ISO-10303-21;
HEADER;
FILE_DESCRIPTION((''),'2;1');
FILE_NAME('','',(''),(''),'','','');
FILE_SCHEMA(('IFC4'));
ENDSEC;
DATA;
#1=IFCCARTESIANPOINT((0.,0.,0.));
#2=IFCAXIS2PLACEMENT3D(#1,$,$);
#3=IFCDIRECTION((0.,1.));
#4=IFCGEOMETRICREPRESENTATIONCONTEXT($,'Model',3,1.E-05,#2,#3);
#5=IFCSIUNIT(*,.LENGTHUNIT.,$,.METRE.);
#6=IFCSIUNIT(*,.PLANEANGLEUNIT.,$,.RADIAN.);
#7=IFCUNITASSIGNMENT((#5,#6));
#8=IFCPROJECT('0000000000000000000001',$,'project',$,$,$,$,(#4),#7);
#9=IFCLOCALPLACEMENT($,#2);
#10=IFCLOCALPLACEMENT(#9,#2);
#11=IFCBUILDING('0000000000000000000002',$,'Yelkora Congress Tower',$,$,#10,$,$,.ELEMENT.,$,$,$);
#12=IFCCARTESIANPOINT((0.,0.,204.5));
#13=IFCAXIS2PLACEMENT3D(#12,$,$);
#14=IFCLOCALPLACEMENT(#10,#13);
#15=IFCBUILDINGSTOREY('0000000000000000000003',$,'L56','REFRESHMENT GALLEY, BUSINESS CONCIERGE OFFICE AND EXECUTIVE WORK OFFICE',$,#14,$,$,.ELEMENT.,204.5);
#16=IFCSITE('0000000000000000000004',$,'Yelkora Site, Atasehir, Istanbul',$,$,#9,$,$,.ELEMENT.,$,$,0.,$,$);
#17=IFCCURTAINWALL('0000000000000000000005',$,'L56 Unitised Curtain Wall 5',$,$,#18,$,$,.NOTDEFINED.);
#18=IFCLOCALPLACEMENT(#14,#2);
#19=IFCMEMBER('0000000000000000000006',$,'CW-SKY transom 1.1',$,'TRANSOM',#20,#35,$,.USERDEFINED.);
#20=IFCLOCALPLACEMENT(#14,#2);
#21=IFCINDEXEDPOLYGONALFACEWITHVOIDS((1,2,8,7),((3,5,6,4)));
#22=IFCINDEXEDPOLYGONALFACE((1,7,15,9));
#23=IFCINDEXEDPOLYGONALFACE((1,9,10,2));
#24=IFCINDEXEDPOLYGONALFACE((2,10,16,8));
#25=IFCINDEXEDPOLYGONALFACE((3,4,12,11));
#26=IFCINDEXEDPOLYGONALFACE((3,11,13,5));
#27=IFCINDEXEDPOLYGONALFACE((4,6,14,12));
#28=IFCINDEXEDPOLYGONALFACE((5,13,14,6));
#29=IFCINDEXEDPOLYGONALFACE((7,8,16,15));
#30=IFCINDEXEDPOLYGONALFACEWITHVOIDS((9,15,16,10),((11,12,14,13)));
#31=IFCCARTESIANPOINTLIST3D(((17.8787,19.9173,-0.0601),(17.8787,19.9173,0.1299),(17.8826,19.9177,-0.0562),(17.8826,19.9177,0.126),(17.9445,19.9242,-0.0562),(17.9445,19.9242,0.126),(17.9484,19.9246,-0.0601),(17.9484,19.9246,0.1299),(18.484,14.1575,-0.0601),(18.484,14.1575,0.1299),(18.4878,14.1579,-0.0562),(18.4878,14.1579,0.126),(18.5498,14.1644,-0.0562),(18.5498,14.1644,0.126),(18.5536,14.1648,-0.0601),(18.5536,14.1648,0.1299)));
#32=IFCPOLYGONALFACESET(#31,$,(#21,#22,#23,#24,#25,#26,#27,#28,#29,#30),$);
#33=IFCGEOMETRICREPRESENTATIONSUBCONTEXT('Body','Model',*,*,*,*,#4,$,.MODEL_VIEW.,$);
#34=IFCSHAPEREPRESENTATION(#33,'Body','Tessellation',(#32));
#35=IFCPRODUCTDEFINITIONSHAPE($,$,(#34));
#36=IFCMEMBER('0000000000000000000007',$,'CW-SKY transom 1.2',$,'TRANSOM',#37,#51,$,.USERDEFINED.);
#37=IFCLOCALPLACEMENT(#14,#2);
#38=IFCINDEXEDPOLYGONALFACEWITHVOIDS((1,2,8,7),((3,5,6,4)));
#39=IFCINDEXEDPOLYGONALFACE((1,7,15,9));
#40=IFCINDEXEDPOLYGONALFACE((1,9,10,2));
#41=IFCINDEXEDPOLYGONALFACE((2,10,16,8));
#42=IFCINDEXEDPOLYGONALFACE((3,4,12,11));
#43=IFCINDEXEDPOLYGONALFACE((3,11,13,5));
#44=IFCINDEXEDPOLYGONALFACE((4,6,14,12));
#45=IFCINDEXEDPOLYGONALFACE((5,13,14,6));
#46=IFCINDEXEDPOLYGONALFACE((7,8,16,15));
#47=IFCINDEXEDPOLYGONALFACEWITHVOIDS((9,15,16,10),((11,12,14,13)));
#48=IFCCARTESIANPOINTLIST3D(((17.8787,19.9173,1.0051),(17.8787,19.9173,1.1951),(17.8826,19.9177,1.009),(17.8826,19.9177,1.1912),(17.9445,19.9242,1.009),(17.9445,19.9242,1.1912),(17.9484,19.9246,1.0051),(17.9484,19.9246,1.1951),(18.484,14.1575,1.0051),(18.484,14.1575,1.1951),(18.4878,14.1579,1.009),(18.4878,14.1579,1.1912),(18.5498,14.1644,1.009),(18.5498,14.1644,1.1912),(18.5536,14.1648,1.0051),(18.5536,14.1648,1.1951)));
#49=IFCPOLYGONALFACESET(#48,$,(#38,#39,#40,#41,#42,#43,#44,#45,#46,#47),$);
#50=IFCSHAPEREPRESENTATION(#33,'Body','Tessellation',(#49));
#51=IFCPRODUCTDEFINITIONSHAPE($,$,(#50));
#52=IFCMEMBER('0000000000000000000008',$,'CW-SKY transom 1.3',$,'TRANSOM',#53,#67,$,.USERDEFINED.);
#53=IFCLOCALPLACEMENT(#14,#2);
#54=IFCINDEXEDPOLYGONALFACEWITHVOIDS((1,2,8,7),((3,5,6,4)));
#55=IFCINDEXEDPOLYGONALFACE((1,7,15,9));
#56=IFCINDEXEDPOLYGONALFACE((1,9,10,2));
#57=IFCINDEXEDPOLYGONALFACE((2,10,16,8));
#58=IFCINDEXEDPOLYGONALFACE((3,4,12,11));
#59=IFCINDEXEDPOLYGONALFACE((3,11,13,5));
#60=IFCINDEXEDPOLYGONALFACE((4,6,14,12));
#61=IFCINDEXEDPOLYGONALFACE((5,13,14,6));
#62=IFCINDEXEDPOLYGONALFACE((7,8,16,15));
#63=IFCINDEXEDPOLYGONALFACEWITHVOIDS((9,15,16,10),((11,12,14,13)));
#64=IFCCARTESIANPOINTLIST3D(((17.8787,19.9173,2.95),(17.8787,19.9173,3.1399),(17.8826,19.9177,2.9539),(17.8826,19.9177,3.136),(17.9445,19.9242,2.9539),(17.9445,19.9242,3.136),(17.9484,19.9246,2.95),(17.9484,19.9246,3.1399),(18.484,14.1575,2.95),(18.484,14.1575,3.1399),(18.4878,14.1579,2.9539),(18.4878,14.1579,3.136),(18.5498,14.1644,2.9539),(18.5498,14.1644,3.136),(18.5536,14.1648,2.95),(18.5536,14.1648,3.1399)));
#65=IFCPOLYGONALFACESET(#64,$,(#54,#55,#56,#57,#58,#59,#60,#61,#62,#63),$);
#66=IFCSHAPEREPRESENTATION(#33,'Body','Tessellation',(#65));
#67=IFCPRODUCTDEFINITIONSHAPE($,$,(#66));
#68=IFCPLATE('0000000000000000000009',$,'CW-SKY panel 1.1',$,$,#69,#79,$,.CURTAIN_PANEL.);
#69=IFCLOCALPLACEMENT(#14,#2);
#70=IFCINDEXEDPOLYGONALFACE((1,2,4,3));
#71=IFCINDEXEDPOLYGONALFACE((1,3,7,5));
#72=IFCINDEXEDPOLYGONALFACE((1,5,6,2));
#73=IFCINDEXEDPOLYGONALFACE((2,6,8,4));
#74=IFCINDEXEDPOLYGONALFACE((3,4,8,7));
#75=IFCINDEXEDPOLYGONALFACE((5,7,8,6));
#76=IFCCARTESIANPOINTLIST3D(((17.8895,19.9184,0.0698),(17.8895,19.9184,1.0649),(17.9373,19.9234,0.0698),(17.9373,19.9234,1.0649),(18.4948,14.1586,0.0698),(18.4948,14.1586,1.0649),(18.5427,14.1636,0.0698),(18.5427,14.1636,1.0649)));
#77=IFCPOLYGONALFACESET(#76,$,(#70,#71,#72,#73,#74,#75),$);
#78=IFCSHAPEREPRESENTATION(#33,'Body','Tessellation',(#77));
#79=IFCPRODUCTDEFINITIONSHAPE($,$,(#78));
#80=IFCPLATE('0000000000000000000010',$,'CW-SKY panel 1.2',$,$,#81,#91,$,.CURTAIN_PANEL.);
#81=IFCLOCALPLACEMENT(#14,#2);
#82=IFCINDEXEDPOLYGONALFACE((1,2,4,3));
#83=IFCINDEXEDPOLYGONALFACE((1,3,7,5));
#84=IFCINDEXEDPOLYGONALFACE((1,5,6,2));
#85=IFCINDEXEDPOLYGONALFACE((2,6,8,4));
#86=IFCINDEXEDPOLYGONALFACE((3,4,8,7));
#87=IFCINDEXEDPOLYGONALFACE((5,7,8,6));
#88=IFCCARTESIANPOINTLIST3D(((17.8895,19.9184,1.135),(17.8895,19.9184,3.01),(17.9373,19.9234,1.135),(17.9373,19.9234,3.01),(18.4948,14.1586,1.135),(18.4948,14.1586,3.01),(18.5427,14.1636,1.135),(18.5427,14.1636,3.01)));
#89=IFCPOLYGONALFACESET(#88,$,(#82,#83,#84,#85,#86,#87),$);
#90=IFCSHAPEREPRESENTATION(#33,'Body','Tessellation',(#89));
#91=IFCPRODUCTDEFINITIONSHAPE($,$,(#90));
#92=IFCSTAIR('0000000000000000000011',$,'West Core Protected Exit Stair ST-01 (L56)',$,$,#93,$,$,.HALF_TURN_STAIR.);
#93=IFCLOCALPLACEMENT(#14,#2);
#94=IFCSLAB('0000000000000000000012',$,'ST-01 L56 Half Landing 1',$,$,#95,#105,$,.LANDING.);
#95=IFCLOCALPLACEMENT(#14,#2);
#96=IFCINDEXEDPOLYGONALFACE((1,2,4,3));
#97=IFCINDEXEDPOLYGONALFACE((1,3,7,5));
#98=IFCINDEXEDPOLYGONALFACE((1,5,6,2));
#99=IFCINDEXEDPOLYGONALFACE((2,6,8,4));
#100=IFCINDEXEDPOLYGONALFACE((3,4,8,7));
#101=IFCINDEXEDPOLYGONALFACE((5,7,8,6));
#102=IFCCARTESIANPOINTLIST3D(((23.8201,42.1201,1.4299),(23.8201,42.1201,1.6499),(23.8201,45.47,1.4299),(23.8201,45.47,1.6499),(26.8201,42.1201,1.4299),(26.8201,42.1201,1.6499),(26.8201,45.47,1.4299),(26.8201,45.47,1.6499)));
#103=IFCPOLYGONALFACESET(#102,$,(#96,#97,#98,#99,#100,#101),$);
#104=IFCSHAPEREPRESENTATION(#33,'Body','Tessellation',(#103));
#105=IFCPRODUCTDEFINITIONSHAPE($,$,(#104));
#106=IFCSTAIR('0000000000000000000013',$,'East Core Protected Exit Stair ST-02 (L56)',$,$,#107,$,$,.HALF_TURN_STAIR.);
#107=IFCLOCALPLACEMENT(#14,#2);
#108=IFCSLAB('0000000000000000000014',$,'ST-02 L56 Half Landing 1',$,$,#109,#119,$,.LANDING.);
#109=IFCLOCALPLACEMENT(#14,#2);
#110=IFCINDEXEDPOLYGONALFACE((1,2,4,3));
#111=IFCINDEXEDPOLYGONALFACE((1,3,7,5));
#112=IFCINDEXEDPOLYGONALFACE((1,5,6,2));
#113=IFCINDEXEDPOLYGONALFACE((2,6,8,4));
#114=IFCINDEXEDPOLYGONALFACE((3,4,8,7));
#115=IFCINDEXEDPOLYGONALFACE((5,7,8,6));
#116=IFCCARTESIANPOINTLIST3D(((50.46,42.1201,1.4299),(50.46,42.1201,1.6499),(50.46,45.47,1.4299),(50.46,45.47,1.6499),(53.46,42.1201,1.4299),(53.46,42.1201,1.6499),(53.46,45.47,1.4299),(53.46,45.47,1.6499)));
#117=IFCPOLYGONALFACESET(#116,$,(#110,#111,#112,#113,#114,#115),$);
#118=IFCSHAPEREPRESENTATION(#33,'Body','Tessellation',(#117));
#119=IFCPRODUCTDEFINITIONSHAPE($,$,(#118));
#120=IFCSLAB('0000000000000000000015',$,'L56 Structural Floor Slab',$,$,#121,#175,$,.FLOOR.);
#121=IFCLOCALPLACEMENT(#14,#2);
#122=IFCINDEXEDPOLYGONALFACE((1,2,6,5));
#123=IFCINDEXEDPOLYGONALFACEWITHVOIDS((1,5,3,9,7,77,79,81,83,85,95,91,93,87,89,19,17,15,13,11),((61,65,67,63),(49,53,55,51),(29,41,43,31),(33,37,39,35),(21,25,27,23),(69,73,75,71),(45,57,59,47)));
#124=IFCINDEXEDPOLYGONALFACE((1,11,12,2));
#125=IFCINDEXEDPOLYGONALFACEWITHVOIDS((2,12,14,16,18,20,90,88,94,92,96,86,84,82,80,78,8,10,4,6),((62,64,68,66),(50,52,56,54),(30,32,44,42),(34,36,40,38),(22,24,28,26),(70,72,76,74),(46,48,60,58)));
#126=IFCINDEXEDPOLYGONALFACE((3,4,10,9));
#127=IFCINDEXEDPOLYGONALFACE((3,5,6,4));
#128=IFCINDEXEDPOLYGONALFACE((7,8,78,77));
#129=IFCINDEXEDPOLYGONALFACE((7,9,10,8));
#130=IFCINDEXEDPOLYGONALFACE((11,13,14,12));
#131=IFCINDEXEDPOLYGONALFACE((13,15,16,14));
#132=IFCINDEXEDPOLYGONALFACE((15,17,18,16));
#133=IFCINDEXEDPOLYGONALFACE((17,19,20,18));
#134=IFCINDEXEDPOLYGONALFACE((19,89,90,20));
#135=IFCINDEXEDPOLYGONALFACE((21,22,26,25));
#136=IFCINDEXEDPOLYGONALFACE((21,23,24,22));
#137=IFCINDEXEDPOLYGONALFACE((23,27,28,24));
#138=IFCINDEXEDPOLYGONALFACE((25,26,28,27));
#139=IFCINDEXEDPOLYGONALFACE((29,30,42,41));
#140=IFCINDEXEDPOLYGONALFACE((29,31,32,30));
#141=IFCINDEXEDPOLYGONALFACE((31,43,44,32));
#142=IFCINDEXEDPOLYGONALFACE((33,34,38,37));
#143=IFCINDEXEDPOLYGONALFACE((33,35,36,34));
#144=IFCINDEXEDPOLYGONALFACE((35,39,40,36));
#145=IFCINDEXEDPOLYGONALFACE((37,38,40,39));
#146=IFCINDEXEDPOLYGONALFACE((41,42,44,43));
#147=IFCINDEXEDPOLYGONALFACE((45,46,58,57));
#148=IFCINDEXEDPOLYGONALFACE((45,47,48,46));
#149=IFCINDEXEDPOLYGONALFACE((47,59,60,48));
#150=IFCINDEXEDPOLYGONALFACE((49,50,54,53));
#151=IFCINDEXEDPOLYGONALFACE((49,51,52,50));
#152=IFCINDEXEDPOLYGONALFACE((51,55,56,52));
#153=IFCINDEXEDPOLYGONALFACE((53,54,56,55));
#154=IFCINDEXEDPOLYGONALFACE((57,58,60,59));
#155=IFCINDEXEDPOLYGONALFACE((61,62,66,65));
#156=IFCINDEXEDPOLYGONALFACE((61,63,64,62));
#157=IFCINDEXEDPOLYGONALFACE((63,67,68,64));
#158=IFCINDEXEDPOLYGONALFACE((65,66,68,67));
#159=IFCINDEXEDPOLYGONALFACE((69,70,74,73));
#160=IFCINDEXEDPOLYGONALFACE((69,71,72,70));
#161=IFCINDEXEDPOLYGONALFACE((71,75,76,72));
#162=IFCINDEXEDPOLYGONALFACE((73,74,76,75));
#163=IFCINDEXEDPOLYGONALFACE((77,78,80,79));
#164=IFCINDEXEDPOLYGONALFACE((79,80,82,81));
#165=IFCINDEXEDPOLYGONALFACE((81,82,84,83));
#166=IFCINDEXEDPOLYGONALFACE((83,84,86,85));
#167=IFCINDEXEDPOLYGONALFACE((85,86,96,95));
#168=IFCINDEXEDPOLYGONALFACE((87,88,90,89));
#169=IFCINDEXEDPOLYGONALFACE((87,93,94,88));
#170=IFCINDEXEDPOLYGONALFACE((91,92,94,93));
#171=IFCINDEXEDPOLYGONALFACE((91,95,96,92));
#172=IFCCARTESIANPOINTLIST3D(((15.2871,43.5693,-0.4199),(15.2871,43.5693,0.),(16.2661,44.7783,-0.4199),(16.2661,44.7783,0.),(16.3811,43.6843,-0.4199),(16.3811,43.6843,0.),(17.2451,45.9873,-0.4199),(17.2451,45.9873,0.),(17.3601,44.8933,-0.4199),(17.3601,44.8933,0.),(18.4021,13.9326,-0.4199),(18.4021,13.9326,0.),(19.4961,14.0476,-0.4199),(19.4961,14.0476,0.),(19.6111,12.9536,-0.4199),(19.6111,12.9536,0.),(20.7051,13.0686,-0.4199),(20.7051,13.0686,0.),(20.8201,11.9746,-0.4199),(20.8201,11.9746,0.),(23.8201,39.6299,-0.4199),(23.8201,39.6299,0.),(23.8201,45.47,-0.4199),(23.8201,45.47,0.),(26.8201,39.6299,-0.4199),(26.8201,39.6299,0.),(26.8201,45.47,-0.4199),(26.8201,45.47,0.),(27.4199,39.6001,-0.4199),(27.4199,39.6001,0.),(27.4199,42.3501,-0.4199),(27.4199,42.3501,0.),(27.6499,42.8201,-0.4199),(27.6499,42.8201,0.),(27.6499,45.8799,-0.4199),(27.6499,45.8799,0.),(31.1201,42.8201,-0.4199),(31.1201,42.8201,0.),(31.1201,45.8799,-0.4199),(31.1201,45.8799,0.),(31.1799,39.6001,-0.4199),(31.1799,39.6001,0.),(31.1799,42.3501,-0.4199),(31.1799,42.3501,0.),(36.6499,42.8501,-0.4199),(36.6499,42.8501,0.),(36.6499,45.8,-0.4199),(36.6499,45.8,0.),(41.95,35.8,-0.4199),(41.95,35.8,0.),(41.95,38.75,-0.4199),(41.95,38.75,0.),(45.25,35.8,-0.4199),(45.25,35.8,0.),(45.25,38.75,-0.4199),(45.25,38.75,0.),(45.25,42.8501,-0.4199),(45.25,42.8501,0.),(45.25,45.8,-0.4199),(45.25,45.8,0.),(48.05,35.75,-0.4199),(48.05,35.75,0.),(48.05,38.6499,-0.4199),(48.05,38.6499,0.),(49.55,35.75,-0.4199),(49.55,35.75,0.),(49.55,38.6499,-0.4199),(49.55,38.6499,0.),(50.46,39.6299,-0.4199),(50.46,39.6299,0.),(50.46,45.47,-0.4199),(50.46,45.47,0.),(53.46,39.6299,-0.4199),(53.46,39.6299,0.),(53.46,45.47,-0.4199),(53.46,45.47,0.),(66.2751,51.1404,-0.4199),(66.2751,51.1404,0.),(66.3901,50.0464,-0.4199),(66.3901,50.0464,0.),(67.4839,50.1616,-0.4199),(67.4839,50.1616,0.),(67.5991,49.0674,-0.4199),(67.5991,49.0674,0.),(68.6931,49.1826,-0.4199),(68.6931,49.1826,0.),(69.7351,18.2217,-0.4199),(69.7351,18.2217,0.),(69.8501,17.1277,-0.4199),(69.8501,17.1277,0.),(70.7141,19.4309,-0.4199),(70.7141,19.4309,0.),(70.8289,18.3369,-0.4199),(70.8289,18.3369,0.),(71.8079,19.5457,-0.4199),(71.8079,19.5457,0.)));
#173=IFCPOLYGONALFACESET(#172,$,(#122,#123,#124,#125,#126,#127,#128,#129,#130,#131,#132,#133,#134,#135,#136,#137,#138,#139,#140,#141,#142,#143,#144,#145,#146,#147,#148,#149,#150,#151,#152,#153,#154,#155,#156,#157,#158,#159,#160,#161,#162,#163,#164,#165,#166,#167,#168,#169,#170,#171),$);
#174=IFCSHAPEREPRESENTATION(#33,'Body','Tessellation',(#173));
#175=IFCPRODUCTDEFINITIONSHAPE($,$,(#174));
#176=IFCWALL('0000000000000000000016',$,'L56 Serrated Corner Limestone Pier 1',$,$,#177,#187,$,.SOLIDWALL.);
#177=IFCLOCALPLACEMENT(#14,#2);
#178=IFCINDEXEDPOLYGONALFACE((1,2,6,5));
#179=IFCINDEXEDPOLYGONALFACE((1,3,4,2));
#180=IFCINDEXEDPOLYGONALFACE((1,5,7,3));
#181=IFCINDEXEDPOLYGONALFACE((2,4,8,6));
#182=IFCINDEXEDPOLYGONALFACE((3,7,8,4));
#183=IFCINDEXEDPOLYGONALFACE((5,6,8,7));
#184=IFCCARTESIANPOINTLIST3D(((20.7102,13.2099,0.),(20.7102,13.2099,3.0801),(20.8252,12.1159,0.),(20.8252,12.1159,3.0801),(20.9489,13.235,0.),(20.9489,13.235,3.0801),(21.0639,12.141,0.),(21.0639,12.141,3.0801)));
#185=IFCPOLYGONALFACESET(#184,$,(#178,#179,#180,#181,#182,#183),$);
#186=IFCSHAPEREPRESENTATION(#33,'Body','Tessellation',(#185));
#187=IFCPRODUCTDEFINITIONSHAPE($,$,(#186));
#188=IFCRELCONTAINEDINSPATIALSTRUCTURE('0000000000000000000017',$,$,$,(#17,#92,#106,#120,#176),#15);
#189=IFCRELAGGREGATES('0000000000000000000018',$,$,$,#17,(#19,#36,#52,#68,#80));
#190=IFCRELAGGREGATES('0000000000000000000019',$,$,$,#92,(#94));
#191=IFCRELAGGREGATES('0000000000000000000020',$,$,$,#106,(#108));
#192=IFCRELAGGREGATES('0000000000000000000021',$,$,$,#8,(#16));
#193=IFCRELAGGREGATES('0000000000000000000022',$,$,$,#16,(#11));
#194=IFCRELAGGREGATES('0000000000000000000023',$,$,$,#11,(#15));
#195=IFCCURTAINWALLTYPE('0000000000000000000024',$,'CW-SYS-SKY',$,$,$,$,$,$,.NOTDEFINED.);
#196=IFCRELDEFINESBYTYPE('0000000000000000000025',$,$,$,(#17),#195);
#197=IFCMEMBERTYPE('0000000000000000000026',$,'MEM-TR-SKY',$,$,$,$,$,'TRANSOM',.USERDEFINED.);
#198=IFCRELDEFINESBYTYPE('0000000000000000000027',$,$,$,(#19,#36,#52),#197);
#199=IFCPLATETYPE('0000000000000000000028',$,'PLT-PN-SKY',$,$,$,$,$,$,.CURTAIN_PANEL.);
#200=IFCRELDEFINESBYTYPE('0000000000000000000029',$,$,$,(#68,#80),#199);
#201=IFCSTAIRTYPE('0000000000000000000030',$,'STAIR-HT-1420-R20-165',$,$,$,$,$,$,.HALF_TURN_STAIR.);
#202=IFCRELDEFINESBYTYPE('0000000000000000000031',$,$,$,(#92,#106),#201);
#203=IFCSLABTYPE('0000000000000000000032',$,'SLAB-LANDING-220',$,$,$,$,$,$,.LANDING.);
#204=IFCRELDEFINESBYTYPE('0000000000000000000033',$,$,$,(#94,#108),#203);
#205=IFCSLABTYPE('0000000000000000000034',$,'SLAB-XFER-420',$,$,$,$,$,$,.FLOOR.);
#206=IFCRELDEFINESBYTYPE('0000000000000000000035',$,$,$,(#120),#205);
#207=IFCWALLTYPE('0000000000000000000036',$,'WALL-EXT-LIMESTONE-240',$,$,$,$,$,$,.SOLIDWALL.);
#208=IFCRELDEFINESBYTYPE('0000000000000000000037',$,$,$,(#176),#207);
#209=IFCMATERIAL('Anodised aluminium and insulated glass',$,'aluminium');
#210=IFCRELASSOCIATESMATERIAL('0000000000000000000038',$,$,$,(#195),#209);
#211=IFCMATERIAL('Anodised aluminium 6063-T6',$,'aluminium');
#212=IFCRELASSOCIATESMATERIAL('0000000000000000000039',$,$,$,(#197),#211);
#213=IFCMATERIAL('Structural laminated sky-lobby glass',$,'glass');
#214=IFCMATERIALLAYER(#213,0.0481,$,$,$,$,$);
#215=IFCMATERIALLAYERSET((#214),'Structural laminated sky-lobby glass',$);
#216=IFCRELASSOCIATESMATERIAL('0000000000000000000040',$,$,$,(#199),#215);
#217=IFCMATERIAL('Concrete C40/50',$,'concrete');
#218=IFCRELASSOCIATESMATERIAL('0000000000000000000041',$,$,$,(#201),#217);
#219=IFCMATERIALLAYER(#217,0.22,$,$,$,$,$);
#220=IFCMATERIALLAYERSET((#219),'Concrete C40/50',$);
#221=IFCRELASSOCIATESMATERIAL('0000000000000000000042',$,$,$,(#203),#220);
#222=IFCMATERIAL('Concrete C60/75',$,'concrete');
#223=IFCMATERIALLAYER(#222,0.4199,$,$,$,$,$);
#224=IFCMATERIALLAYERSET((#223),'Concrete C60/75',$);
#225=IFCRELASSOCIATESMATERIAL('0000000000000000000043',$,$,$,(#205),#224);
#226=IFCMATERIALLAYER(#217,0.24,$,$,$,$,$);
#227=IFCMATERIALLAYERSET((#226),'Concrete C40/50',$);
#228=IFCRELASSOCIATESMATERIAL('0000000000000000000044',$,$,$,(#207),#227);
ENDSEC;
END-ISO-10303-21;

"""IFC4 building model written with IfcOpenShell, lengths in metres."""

from ifc_helpers import new_model, si_unit, direction, frame, frame_2d, origin, origin_2d, place, context, subcontext, project, spatial, polyline, rectangle, hollow_rectangle, outline, extrude, material, layer, layer_set, material_profile, profile_set, type_object, element, aggregate, save


model = new_model("IFC4")

# Units and contexts
model_context = context("Model", 3, precision=1e-05, world=origin(), true_north=direction((0.0, 1.0)))
body_context = subcontext(model_context, "Body", "Model", "MODEL_VIEW")
ifc_project = project(units=[si_unit("LENGTHUNIT", "METRE"), si_unit("PLANEANGLEUNIT", "RADIAN")], contexts=[model_context])

# Site, building, storey
site_placement = place(None, origin())
site = spatial("IfcSite", under=ifc_project, at=site_placement, Name="Yelkora Site, Atasehir, Istanbul", CompositionType="ELEMENT", RefElevation=0.0)
building_placement = place(site_placement, origin())
building = spatial("IfcBuilding", under=site, at=building_placement, Name="Yelkora Congress Tower", CompositionType="ELEMENT")
storey_placement = place(building_placement, frame((0.0, 0.0, 204.5)))
storey = spatial("IfcBuildingStorey", under=building, at=storey_placement, Name="L56", Description="REFRESHMENT GALLEY, BUSINESS CONCIERGE OFFICE AND EXECUTIVE WORK OFFICE", CompositionType="ELEMENT", Elevation=204.5)

# Curtain wall
ifc_material_1 = material(Name="Anodised aluminium and insulated glass", Category="aluminium")
curtain_wall_type = type_object("IfcCurtainWallType", Name="CW-SYS-SKY", PredefinedType="NOTDEFINED", material=ifc_material_1)
curtain_wall_1_placement = place(storey_placement, origin())
curtain_wall_1 = element("IfcCurtainWall", 1, at=curtain_wall_1_placement, inside=storey, type_object=curtain_wall_type, Name="L56 Unitised Curtain Wall 5", PredefinedType="NOTDEFINED")
ifc_material_2 = material(Name="Anodised aluminium 6063-T6", Category="aluminium")

# Members
ifc_material_profile_1 = material_profile(ifc_material_2, hollow_rectangle(XDim=0.0701, YDim=0.1899, WallThickness=0.0039, at=origin_2d()), Name="ALU 70x190x4")
ifc_profile_set_1 = profile_set([ifc_material_profile_1], Name="Anodised aluminium 6063-T6")
member_type_1 = type_object("IfcMemberType", Name="MEM-TR-SKY", ElementType="TRANSOM", PredefinedType="USERDEFINED", material=ifc_profile_set_1)
member_1_placement = place(storey_placement, frame((18.5188, 14.1611, 0.0349), z_axis=(-0.104503, 0.994525, 0.0), x_axis=(-0.994525, -0.104503, 0.0)))
member_1 = element("IfcMember", 2, at=member_1_placement, type_object=member_type_1, Name="CW-SKY transom 1.1", ObjectType="TRANSOM", PredefinedType="USERDEFINED", context=body_context, shape_type="SweptSolid", body=[
    extrude(hollow_rectangle(XDim=0.0701, YDim=0.1899, WallThickness=0.0039, at=origin_2d()), origin(), (0.0, 0.0, 1.0), 5.7915),
])
member_2_placement = place(storey_placement, frame((18.5188, 14.1611, 1.1001), z_axis=(-0.104503, 0.994525, 0.0), x_axis=(-0.994525, -0.104503, 0.0)))
member_2 = element("IfcMember", 3, at=member_2_placement, type_object=member_type_1, Name="CW-SKY transom 1.2", ObjectType="TRANSOM", PredefinedType="USERDEFINED", context=body_context, shape_type="SweptSolid", body=[
    extrude(hollow_rectangle(XDim=0.0701, YDim=0.1899, WallThickness=0.0039, at=origin_2d()), origin(), (0.0, 0.0, 1.0), 5.7915),
])
member_3_placement = place(storey_placement, frame((18.5188, 14.1611, 3.0449), z_axis=(-0.104503, 0.994525, 0.0), x_axis=(-0.994525, -0.104503, 0.0)))
member_3 = element("IfcMember", 4, at=member_3_placement, type_object=member_type_1, Name="CW-SKY transom 1.3", ObjectType="TRANSOM", PredefinedType="USERDEFINED", context=body_context, shape_type="SweptSolid", body=[
    extrude(hollow_rectangle(XDim=0.0701, YDim=0.1899, WallThickness=0.0039, at=origin_2d()), origin(), (0.0, 0.0, 1.0), 5.7915),
])

# Plates
ifc_material_3 = material(Name="Structural laminated sky-lobby glass", Category="glass")
ifc_layer_1 = layer(ifc_material_3, 0.0481)
ifc_layer_set_1 = layer_set([ifc_layer_1], Name="Structural laminated sky-lobby glass")
plate_type = type_object("IfcPlateType", Name="PLT-PN-SKY", PredefinedType="CURTAIN_PANEL", material=ifc_layer_set_1)
plate_1_placement = place(storey_placement, frame((18.2161, 17.041, 0.0698), z_axis=(0.0, 0.0, 1.0), x_axis=(-0.104526, 0.994522, 0.0)))
plate_1 = element("IfcPlate", 5, at=plate_1_placement, type_object=plate_type, Name="CW-SKY panel 1.1", PredefinedType="CURTAIN_PANEL", context=body_context, shape_type="SweptSolid", body=[
    extrude(rectangle(XDim=5.7915, YDim=0.0481, at=origin_2d()), origin(), (0.0, 0.0, 1.0), 0.9951),
])
plate_2_placement = place(storey_placement, frame((18.2161, 17.041, 1.135), z_axis=(0.0, 0.0, 1.0), x_axis=(-0.104526, 0.994522, 0.0)))
plate_2 = element("IfcPlate", 6, at=plate_2_placement, type_object=plate_type, Name="CW-SKY panel 1.2", PredefinedType="CURTAIN_PANEL", context=body_context, shape_type="SweptSolid", body=[
    extrude(rectangle(XDim=5.7915, YDim=0.0481, at=origin_2d()), origin(), (0.0, 0.0, 1.0), 1.875),
])
aggregate(curtain_wall_1, [member_1, member_2, member_3, plate_1, plate_2])

# Stairs, slabs
ifc_material_4 = material(Name="Concrete C40/50", Category="concrete")
stair_type = type_object("IfcStairType", Name="STAIR-HT-1420-R20-165", PredefinedType="HALF_TURN_STAIR", material=ifc_material_4)
stair_1_placement = place(storey_placement, origin())
stair_1 = element("IfcStair", 7, at=stair_1_placement, inside=storey, type_object=stair_type, Name="West Core Protected Exit Stair ST-01 (L56)", PredefinedType="HALF_TURN_STAIR")
ifc_layer_2 = layer(ifc_material_4, 0.22)
ifc_layer_set_2 = layer_set([ifc_layer_2], Name="Concrete C40/50")
slab_type_1 = type_object("IfcSlabType", Name="SLAB-LANDING-220", PredefinedType="LANDING", material=ifc_layer_set_2)
slab_1_placement = place(storey_placement, frame((0.0, 0.0, 1.4299)))
slab_1 = element("IfcSlab", 8, at=slab_1_placement, type_object=slab_type_1, Name="ST-01 L56 Half Landing 1", PredefinedType="LANDING", context=body_context, shape_type="SweptSolid", body=[
    extrude(outline(polyline([(26.8201, 42.1201), (26.8201, 45.47), (23.8201, 45.47), (23.8201, 42.1201), (26.8201, 42.1201)])), origin(), (0.0, 0.0, 1.0), 0.22),
])
aggregate(stair_1, [slab_1])
stair_2_placement = place(storey_placement, origin())
stair_2 = element("IfcStair", 9, at=stair_2_placement, inside=storey, type_object=stair_type, Name="East Core Protected Exit Stair ST-02 (L56)", PredefinedType="HALF_TURN_STAIR")
slab_2_placement = place(storey_placement, frame((0.0, 0.0, 1.4299)))
slab_2 = element("IfcSlab", 10, at=slab_2_placement, type_object=slab_type_1, Name="ST-02 L56 Half Landing 1", PredefinedType="LANDING", context=body_context, shape_type="SweptSolid", body=[
    extrude(outline(polyline([(53.46, 42.1201), (53.46, 45.47), (50.46, 45.47), (50.46, 42.1201), (53.46, 42.1201)])), origin(), (0.0, 0.0, 1.0), 0.22),
])
aggregate(stair_2, [slab_2])

# Slab
ifc_material_5 = material(Name="Concrete C60/75", Category="concrete")
ifc_layer_3 = layer(ifc_material_5, 0.4199)
ifc_layer_set_3 = layer_set([ifc_layer_3], Name="Concrete C60/75")
slab_type_2 = type_object("IfcSlabType", Name="SLAB-XFER-420", PredefinedType="FLOOR", material=ifc_layer_set_3)
slab_3_placement = place(storey_placement, frame((0.0, 0.0, -0.4199)))
element("IfcSlab", 11, at=slab_3_placement, inside=storey, type_object=slab_type_2, Name="L56 Structural Floor Slab", PredefinedType="FLOOR", context=body_context, shape_type="SweptSolid", body=[
    extrude(outline(polyline([(20.8201, 11.9746), (69.8501, 17.1277), (69.7351, 18.2217), (70.8289, 18.3369), (70.7141, 19.4309), (71.8079, 19.5457), (68.6931, 49.1826), (67.5991, 49.0674), (67.4839, 50.1616), (66.3901, 50.0464), (66.2751, 51.1404), (17.2451, 45.9873), (17.3601, 44.8933), (16.2661, 44.7783), (16.3811, 43.6843), (15.2871, 43.5693), (18.4021, 13.9326), (19.4961, 14.0476), (19.6111, 12.9536), (20.7051, 13.0686), (20.8201, 11.9746)]), holes=[polyline([(23.8201, 39.6299), (26.8201, 39.6299), (26.8201, 45.47), (23.8201, 45.47), (23.8201, 39.6299)]), polyline([(50.46, 39.6299), (53.46, 39.6299), (53.46, 45.47), (50.46, 45.47), (50.46, 39.6299)]), polyline([(48.05, 35.75), (49.55, 35.75), (49.55, 38.6499), (48.05, 38.6499), (48.05, 35.75)]), polyline([(36.6499, 42.8501), (45.25, 42.8501), (45.25, 45.8), (36.6499, 45.8), (36.6499, 42.8501)]), polyline([(41.95, 35.8), (45.25, 35.8), (45.25, 38.75), (41.95, 38.75), (41.95, 35.8)]), polyline([(27.4199, 39.6001), (31.1799, 39.6001), (31.1799, 42.3501), (27.4199, 42.3501), (27.4199, 39.6001)]), polyline([(27.6499, 42.8201), (31.1201, 42.8201), (31.1201, 45.8799), (27.6499, 45.8799), (27.6499, 42.8201)])]), origin(), (0.0, 0.0, 1.0), 0.4199),
])

# Wall
ifc_layer_4 = layer(ifc_material_4, 0.24)
ifc_layer_set_4 = layer_set([ifc_layer_4], Name="Concrete C40/50")
wall_type_1 = type_object("IfcWallType", Name="WALL-EXT-LIMESTONE-240", PredefinedType="SOLIDWALL", material=ifc_layer_set_4)
for number, where, z_axis, x_axis, name in (
    (12, (20.9446, 12.1284, 0.0), (0.0, 0.0, 1.0), (-0.104535, 0.994521, 0.0), "L56 Serrated Corner Limestone Pier 1"),
):
    element("IfcWall", number, at=place(storey_placement, frame(where, z_axis=z_axis, x_axis=x_axis)), inside=storey, type_object=wall_type_1, Name=name, PredefinedType="SOLIDWALL", context=body_context, shape_type="SweptSolid", body=[
        extrude(rectangle(XDim=1.1001, YDim=0.24, at=frame_2d((0.55, 0.0))), origin(), (0.0, 0.0, 1.0), 3.0801),
    ])

save(model, "model.ifc")
